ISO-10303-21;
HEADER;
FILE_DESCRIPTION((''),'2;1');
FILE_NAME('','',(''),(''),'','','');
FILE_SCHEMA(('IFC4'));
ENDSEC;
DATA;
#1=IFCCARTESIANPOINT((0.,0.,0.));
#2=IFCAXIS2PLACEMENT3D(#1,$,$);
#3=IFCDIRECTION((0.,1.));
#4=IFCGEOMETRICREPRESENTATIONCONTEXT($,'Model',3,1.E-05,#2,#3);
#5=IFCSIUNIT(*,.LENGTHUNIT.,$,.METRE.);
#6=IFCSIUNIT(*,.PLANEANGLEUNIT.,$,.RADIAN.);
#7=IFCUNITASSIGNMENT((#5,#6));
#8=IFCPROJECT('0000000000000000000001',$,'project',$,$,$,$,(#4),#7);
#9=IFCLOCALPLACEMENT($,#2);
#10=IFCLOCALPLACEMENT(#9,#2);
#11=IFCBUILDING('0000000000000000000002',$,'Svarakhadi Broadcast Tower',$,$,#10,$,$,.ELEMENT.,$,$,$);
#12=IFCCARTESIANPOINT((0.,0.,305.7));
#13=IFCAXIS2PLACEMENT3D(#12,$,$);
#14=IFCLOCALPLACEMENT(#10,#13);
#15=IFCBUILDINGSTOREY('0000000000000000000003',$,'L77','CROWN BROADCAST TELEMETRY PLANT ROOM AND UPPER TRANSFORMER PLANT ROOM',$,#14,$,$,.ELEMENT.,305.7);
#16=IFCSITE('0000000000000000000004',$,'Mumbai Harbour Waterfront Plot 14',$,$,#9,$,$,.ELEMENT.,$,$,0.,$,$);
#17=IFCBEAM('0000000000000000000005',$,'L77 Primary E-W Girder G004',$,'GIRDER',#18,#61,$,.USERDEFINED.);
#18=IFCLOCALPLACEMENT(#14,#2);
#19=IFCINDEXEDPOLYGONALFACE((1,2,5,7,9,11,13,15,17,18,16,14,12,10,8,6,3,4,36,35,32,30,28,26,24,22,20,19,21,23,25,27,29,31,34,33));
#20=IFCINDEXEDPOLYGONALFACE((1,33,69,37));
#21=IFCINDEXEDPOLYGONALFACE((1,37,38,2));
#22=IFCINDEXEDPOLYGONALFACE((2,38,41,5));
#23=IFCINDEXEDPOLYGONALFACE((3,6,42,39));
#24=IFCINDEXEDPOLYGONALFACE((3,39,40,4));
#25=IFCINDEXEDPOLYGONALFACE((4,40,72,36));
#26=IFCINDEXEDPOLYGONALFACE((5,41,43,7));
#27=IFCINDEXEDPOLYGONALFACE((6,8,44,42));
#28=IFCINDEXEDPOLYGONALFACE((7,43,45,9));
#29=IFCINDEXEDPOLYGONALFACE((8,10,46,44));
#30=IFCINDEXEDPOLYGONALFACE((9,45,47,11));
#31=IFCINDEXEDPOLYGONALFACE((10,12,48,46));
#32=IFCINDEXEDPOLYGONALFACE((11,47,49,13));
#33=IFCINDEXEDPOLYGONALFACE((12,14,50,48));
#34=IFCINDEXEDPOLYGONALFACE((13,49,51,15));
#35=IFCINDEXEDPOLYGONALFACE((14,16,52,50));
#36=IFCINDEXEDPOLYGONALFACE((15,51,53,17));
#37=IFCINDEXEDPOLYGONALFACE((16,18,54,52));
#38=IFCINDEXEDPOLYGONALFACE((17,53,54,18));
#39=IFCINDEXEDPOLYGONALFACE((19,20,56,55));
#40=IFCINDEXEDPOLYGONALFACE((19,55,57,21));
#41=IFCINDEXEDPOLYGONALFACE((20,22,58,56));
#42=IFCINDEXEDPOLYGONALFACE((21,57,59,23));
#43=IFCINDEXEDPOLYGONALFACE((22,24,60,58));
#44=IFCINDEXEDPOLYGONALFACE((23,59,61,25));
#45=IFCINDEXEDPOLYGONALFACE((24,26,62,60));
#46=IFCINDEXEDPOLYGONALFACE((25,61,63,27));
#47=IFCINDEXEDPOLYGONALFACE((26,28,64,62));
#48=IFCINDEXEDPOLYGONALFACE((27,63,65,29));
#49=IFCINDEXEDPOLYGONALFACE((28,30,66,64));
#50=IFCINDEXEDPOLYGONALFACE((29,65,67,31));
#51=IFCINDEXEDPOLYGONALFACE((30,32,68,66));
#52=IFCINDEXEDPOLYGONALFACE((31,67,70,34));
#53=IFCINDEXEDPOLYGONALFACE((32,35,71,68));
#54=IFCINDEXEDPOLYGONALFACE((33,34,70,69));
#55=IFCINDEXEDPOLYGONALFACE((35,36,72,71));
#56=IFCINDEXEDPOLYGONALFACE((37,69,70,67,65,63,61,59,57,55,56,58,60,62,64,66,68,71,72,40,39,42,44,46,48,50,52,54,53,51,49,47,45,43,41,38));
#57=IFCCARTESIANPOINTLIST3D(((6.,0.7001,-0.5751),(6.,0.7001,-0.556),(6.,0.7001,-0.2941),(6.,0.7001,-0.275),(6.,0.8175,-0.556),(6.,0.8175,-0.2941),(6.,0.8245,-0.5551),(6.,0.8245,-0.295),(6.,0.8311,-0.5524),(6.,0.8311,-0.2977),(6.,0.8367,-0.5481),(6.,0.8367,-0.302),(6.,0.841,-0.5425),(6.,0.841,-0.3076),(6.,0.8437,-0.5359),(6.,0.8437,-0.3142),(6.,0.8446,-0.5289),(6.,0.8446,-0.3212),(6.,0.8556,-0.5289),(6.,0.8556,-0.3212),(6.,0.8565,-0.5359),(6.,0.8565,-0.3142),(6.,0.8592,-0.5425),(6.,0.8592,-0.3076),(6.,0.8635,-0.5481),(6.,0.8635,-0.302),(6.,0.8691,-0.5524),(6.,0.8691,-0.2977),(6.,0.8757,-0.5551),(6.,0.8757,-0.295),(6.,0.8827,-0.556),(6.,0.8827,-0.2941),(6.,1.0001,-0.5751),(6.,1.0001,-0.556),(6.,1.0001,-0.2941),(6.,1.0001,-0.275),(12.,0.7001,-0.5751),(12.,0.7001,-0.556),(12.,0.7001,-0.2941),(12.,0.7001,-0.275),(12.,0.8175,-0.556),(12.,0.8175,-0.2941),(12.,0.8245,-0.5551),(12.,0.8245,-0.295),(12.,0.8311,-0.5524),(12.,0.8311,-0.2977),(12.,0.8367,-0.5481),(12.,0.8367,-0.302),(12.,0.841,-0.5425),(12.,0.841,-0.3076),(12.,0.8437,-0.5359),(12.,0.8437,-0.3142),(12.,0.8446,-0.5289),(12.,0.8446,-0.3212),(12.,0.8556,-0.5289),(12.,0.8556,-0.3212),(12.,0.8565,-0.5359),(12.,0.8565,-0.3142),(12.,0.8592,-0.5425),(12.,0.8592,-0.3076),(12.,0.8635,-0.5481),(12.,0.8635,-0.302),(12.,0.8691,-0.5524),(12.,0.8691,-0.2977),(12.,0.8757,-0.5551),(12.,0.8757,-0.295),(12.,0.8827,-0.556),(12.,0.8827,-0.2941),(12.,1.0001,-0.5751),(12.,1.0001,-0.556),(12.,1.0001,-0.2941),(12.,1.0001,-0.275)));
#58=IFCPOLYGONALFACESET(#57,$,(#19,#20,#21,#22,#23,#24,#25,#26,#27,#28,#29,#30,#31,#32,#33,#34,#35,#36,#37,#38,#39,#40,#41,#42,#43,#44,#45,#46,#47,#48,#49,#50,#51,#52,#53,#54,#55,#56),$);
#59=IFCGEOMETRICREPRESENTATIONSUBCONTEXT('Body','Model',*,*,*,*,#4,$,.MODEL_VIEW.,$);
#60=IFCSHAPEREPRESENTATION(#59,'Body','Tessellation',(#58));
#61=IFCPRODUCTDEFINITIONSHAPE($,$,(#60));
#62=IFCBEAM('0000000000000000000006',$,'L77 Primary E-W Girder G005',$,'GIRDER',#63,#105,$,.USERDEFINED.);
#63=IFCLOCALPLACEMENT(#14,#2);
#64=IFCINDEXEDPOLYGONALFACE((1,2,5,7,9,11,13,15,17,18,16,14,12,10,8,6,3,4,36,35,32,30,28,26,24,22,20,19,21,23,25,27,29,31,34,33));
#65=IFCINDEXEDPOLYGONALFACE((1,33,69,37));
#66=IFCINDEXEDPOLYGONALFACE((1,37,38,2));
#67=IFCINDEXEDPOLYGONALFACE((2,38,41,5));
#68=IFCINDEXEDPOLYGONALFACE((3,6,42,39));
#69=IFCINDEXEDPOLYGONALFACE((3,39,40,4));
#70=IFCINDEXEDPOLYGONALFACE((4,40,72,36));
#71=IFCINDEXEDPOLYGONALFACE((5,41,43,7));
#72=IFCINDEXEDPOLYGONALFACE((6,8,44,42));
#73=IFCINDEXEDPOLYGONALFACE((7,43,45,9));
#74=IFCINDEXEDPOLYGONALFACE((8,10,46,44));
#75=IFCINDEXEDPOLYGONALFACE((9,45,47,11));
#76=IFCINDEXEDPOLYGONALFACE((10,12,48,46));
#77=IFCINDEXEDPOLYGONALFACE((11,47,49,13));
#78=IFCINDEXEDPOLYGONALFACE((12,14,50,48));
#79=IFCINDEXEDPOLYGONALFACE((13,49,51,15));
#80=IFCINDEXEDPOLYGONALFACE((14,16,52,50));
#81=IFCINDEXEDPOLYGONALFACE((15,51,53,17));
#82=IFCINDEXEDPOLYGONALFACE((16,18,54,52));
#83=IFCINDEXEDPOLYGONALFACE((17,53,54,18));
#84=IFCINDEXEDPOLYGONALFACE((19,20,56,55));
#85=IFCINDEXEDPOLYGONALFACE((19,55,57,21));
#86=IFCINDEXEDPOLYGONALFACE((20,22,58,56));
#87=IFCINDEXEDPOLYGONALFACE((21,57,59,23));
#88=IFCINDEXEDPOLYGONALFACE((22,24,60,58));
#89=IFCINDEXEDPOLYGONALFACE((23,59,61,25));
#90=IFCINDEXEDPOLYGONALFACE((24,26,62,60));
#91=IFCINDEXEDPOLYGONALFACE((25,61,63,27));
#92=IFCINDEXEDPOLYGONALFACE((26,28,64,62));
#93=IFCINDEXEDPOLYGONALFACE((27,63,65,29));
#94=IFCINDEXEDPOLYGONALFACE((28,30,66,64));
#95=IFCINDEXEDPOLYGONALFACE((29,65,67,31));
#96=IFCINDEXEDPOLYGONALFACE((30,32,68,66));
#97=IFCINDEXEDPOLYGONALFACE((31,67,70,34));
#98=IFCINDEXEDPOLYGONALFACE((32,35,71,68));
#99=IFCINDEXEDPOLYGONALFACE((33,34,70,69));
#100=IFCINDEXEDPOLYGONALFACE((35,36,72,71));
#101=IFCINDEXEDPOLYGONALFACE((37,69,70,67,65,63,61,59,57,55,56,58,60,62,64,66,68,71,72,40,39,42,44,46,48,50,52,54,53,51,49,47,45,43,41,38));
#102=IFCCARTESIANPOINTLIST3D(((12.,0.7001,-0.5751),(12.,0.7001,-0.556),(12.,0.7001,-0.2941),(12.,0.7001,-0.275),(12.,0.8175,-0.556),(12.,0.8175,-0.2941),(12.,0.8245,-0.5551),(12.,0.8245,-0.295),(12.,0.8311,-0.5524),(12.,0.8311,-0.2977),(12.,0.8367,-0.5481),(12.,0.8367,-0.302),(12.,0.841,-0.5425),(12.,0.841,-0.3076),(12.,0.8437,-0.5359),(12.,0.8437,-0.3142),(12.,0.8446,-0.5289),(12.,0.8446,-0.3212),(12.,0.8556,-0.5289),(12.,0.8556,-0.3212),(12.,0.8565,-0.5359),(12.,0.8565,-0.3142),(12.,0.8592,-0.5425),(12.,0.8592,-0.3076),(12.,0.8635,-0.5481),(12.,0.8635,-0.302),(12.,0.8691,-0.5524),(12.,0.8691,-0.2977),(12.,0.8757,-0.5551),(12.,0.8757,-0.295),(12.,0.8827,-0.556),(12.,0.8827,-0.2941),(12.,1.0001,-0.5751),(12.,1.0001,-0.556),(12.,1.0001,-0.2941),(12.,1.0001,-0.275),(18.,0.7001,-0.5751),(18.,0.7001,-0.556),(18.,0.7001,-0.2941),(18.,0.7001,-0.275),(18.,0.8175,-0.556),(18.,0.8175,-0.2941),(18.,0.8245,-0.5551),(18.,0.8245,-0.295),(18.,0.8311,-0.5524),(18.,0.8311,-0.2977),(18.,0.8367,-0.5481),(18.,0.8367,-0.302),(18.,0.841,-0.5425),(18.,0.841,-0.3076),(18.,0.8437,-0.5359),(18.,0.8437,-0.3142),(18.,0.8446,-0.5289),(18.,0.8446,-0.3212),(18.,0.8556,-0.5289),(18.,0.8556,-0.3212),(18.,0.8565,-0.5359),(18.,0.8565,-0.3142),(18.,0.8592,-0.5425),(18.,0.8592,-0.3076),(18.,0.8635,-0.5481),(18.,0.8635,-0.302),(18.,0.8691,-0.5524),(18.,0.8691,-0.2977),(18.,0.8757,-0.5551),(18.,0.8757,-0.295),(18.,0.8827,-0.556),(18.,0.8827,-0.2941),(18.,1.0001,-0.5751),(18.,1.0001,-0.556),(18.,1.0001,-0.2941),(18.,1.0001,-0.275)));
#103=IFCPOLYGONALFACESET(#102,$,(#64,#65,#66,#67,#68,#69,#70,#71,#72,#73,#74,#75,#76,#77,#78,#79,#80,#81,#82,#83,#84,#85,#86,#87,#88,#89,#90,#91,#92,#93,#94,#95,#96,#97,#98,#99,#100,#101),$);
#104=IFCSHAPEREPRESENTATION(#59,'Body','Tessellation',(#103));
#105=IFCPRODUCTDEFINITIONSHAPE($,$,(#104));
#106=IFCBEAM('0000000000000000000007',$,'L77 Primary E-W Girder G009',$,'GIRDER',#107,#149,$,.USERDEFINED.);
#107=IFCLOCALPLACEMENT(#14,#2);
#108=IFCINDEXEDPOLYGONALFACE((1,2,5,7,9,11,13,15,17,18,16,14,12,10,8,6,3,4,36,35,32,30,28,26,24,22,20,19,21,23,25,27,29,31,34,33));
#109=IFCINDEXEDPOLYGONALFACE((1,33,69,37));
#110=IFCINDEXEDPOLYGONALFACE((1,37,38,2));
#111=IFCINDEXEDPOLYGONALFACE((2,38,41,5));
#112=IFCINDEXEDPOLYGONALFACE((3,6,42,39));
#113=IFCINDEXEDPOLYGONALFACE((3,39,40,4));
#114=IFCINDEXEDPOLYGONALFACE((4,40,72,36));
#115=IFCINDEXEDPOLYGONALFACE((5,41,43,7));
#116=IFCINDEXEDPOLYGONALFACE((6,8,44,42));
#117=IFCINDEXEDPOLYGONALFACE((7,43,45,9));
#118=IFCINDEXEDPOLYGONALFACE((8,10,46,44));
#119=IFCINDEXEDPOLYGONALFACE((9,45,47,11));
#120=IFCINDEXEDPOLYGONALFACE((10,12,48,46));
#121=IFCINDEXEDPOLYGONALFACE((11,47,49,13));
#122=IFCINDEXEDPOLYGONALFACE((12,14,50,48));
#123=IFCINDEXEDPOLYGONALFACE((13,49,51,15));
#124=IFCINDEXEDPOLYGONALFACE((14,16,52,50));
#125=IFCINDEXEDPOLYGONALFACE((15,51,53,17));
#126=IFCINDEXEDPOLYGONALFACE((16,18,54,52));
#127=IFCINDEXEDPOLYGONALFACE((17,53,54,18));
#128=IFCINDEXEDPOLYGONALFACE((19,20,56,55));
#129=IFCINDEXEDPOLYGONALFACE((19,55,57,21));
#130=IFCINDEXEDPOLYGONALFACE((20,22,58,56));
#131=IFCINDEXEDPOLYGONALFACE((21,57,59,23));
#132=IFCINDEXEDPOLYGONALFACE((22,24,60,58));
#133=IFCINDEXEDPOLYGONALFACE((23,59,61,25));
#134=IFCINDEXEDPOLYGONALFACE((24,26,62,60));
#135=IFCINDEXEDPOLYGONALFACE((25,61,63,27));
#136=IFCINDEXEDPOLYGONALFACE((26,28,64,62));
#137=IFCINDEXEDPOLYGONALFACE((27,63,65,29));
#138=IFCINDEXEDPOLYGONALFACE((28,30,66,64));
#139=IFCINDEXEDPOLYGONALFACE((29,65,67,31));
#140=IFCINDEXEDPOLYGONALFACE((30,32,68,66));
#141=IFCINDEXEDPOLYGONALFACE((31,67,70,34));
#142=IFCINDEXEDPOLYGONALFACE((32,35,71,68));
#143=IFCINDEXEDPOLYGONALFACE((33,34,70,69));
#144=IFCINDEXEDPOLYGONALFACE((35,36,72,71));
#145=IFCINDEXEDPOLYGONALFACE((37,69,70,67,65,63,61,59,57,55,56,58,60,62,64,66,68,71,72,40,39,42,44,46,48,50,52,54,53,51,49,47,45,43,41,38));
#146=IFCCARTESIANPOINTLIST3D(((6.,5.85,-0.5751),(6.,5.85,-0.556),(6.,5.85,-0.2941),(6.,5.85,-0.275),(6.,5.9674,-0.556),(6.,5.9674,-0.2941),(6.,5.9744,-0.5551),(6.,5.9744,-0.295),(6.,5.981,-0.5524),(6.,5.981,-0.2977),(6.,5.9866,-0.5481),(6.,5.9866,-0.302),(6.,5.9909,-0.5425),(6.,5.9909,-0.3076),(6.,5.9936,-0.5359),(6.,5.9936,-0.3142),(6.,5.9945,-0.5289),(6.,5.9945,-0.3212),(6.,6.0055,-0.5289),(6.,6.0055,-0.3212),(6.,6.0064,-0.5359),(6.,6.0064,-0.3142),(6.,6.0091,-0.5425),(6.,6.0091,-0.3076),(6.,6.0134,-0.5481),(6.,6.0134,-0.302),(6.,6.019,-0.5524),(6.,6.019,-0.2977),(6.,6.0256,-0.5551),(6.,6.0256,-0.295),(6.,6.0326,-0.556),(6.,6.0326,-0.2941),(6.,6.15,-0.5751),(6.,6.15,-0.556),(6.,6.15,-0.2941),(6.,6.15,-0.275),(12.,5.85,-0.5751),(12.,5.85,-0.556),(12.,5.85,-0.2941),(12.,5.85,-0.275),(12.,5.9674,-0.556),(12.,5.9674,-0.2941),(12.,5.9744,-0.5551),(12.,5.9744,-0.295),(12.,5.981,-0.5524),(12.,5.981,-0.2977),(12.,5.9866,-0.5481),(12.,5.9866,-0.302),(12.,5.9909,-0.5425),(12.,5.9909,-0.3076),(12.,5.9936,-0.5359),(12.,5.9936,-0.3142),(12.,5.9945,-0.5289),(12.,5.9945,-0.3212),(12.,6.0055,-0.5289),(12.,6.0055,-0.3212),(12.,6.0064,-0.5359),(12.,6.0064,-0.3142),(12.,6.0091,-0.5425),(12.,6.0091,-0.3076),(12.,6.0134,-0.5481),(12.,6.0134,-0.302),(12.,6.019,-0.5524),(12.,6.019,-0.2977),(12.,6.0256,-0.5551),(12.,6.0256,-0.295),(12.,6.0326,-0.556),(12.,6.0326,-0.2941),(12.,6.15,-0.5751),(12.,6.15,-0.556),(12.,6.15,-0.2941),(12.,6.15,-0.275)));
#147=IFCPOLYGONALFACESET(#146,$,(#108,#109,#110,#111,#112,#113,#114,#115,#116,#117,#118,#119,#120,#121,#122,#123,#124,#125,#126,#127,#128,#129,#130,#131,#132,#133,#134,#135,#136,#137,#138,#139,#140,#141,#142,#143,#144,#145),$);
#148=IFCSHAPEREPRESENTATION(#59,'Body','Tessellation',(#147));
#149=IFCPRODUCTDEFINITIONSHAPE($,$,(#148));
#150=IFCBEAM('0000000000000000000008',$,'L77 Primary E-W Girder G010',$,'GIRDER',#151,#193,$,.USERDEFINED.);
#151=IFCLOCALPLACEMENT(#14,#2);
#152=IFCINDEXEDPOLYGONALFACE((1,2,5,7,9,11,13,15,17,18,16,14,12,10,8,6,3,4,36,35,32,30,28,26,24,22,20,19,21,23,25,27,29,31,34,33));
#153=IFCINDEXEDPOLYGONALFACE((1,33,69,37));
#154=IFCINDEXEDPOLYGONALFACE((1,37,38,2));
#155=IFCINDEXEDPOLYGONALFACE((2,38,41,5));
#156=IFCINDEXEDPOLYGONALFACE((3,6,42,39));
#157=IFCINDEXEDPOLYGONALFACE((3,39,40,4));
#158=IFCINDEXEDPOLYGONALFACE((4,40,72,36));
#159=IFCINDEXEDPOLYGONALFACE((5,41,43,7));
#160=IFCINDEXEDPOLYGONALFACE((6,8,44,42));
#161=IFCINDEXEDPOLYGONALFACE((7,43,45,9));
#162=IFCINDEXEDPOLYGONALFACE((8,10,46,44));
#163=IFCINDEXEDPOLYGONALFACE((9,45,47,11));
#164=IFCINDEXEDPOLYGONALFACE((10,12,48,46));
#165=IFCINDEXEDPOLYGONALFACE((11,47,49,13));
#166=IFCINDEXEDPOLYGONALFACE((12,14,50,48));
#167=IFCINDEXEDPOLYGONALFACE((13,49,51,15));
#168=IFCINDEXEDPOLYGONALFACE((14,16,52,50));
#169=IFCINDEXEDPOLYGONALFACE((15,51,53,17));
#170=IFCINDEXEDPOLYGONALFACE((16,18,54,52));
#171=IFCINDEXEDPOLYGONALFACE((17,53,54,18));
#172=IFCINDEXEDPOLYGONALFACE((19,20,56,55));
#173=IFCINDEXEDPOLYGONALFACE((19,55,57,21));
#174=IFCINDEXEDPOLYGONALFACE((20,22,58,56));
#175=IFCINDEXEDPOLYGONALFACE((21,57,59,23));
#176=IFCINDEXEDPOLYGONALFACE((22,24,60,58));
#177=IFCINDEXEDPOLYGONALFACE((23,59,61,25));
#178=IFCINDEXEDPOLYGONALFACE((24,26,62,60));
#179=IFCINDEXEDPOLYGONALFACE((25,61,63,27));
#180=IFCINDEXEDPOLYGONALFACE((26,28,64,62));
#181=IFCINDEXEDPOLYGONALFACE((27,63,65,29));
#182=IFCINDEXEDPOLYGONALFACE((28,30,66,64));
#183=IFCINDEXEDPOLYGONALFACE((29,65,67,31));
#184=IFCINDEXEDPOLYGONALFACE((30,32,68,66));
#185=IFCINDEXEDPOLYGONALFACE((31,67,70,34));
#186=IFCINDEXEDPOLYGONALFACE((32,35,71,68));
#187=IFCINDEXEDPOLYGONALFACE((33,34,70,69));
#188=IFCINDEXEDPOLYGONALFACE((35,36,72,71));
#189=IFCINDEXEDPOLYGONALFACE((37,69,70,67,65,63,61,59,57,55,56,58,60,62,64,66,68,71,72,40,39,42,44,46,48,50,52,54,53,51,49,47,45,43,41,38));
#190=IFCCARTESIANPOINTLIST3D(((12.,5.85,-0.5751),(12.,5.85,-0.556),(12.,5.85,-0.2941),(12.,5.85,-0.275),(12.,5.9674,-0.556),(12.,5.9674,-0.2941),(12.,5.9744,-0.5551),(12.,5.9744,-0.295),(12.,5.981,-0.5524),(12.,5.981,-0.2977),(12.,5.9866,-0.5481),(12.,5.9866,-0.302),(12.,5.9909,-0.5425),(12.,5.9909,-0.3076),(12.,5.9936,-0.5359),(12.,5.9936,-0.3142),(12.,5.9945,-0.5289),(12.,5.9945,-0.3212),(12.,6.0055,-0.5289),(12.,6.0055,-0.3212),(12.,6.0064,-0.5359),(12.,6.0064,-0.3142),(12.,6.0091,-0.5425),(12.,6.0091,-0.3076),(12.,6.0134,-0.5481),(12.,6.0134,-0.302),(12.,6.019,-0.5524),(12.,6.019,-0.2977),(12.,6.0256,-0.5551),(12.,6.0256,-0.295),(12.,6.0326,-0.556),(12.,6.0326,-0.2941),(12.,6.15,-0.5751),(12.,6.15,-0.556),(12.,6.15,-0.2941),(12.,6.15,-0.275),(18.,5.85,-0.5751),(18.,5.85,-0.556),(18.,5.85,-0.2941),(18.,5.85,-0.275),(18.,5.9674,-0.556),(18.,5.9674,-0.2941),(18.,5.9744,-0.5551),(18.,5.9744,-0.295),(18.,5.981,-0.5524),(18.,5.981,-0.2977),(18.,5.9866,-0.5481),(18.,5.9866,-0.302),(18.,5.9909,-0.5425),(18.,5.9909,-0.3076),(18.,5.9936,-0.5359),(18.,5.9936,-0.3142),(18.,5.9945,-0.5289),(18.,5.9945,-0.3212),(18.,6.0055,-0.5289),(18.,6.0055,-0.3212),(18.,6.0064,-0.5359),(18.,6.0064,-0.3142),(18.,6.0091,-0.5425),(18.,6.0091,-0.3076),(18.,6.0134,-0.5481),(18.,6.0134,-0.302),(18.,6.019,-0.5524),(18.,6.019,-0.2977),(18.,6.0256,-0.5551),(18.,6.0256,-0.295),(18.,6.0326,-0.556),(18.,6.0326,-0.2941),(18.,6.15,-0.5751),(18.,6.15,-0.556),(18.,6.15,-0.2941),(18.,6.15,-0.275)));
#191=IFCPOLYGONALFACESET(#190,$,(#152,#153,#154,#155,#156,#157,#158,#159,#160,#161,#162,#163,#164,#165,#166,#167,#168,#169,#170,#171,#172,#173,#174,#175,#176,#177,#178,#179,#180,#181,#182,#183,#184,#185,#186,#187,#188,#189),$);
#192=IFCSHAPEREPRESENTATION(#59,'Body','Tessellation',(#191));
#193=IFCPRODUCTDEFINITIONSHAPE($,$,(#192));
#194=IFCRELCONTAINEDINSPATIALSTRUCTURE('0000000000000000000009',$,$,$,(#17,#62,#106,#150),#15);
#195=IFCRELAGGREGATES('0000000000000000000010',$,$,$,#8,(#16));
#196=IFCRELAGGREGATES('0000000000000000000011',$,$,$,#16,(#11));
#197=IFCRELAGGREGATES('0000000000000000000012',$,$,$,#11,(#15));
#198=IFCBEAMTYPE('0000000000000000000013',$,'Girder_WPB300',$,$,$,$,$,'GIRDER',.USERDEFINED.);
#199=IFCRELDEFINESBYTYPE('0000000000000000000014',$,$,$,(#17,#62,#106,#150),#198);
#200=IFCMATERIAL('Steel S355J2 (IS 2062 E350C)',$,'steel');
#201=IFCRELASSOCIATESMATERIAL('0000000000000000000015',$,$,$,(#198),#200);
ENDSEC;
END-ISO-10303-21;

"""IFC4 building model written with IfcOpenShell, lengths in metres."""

from ifc_helpers import new_model, si_unit, direction, frame, origin, origin_2d, place, context, subcontext, project, spatial, i_section, extrude, material, material_profile, profile_set, type_object, element, save


model = new_model("IFC4")

# Units and contexts
model_context = context("Model", 3, precision=1e-05, world=origin(), true_north=direction((0.0, 1.0)))
body_context = subcontext(model_context, "Body", "Model", "MODEL_VIEW")
ifc_project = project(units=[si_unit("LENGTHUNIT", "METRE"), si_unit("PLANEANGLEUNIT", "RADIAN")], contexts=[model_context])

# Site, building, storey
site_placement = place(None, origin())
site = spatial("IfcSite", under=ifc_project, at=site_placement, Name="Mumbai Harbour Waterfront Plot 14", CompositionType="ELEMENT", RefElevation=0.0)
building_placement = place(site_placement, origin())
building = spatial("IfcBuilding", under=site, at=building_placement, Name="Svarakhadi Broadcast Tower", CompositionType="ELEMENT")
storey_placement = place(building_placement, frame((0.0, 0.0, 305.7)))
storey = spatial("IfcBuildingStorey", under=building, at=storey_placement, Name="L77", Description="CROWN BROADCAST TELEMETRY PLANT ROOM AND UPPER TRANSFORMER PLANT ROOM", CompositionType="ELEMENT", Elevation=305.7)

# Shared definitions
ifc_material_1 = material(Name="Steel S355J2 (IS 2062 E350C)", Category="steel")

# Beams
ifc_material_profile_1 = material_profile(ifc_material_1, i_section(OverallWidth=0.3, OverallDepth=0.3, WebThickness=0.011, FlangeThickness=0.019, FilletRadius=0.0271, at=origin_2d()), Name="WPB 300x300x117")
ifc_profile_set_1 = profile_set([ifc_material_profile_1], Name="Steel S355J2 (IS 2062 E350C)")
beam_type_1 = type_object("IfcBeamType", Name="Girder_WPB300", ElementType="GIRDER", PredefinedType="USERDEFINED", material=ifc_profile_set_1)
for number, where, z_axis, x_axis, name in (
    (1, (6.0, 0.8501, -0.425), (1.0, 0.0, 0.0), (0.0, 1.0, 0.0), "L77 Primary E-W Girder G004"),
    (2, (12.0, 0.8501, -0.425), (1.0, 0.0, 0.0), (0.0, 1.0, 0.0), "L77 Primary E-W Girder G005"),
    (3, (6.0, 6.0, -0.425), (1.0, 0.0, 0.0), (0.0, 1.0, 0.0), "L77 Primary E-W Girder G009"),
    (4, (12.0, 6.0, -0.425), (1.0, 0.0, 0.0), (0.0, 1.0, 0.0), "L77 Primary E-W Girder G010"),
):
    element("IfcBeam", number, at=place(storey_placement, frame(where, z_axis=z_axis, x_axis=x_axis)), inside=storey, type_object=beam_type_1, Name=name, ObjectType="GIRDER", PredefinedType="USERDEFINED", context=body_context, shape_type="SweptSolid", body=[
        extrude(i_section(OverallWidth=0.3, OverallDepth=0.3, WebThickness=0.011, FlangeThickness=0.019, FilletRadius=0.0271, at=origin_2d()), origin(), (0.0, 0.0, 1.0), 6.0),
    ])

save(model, "model.ifc")
